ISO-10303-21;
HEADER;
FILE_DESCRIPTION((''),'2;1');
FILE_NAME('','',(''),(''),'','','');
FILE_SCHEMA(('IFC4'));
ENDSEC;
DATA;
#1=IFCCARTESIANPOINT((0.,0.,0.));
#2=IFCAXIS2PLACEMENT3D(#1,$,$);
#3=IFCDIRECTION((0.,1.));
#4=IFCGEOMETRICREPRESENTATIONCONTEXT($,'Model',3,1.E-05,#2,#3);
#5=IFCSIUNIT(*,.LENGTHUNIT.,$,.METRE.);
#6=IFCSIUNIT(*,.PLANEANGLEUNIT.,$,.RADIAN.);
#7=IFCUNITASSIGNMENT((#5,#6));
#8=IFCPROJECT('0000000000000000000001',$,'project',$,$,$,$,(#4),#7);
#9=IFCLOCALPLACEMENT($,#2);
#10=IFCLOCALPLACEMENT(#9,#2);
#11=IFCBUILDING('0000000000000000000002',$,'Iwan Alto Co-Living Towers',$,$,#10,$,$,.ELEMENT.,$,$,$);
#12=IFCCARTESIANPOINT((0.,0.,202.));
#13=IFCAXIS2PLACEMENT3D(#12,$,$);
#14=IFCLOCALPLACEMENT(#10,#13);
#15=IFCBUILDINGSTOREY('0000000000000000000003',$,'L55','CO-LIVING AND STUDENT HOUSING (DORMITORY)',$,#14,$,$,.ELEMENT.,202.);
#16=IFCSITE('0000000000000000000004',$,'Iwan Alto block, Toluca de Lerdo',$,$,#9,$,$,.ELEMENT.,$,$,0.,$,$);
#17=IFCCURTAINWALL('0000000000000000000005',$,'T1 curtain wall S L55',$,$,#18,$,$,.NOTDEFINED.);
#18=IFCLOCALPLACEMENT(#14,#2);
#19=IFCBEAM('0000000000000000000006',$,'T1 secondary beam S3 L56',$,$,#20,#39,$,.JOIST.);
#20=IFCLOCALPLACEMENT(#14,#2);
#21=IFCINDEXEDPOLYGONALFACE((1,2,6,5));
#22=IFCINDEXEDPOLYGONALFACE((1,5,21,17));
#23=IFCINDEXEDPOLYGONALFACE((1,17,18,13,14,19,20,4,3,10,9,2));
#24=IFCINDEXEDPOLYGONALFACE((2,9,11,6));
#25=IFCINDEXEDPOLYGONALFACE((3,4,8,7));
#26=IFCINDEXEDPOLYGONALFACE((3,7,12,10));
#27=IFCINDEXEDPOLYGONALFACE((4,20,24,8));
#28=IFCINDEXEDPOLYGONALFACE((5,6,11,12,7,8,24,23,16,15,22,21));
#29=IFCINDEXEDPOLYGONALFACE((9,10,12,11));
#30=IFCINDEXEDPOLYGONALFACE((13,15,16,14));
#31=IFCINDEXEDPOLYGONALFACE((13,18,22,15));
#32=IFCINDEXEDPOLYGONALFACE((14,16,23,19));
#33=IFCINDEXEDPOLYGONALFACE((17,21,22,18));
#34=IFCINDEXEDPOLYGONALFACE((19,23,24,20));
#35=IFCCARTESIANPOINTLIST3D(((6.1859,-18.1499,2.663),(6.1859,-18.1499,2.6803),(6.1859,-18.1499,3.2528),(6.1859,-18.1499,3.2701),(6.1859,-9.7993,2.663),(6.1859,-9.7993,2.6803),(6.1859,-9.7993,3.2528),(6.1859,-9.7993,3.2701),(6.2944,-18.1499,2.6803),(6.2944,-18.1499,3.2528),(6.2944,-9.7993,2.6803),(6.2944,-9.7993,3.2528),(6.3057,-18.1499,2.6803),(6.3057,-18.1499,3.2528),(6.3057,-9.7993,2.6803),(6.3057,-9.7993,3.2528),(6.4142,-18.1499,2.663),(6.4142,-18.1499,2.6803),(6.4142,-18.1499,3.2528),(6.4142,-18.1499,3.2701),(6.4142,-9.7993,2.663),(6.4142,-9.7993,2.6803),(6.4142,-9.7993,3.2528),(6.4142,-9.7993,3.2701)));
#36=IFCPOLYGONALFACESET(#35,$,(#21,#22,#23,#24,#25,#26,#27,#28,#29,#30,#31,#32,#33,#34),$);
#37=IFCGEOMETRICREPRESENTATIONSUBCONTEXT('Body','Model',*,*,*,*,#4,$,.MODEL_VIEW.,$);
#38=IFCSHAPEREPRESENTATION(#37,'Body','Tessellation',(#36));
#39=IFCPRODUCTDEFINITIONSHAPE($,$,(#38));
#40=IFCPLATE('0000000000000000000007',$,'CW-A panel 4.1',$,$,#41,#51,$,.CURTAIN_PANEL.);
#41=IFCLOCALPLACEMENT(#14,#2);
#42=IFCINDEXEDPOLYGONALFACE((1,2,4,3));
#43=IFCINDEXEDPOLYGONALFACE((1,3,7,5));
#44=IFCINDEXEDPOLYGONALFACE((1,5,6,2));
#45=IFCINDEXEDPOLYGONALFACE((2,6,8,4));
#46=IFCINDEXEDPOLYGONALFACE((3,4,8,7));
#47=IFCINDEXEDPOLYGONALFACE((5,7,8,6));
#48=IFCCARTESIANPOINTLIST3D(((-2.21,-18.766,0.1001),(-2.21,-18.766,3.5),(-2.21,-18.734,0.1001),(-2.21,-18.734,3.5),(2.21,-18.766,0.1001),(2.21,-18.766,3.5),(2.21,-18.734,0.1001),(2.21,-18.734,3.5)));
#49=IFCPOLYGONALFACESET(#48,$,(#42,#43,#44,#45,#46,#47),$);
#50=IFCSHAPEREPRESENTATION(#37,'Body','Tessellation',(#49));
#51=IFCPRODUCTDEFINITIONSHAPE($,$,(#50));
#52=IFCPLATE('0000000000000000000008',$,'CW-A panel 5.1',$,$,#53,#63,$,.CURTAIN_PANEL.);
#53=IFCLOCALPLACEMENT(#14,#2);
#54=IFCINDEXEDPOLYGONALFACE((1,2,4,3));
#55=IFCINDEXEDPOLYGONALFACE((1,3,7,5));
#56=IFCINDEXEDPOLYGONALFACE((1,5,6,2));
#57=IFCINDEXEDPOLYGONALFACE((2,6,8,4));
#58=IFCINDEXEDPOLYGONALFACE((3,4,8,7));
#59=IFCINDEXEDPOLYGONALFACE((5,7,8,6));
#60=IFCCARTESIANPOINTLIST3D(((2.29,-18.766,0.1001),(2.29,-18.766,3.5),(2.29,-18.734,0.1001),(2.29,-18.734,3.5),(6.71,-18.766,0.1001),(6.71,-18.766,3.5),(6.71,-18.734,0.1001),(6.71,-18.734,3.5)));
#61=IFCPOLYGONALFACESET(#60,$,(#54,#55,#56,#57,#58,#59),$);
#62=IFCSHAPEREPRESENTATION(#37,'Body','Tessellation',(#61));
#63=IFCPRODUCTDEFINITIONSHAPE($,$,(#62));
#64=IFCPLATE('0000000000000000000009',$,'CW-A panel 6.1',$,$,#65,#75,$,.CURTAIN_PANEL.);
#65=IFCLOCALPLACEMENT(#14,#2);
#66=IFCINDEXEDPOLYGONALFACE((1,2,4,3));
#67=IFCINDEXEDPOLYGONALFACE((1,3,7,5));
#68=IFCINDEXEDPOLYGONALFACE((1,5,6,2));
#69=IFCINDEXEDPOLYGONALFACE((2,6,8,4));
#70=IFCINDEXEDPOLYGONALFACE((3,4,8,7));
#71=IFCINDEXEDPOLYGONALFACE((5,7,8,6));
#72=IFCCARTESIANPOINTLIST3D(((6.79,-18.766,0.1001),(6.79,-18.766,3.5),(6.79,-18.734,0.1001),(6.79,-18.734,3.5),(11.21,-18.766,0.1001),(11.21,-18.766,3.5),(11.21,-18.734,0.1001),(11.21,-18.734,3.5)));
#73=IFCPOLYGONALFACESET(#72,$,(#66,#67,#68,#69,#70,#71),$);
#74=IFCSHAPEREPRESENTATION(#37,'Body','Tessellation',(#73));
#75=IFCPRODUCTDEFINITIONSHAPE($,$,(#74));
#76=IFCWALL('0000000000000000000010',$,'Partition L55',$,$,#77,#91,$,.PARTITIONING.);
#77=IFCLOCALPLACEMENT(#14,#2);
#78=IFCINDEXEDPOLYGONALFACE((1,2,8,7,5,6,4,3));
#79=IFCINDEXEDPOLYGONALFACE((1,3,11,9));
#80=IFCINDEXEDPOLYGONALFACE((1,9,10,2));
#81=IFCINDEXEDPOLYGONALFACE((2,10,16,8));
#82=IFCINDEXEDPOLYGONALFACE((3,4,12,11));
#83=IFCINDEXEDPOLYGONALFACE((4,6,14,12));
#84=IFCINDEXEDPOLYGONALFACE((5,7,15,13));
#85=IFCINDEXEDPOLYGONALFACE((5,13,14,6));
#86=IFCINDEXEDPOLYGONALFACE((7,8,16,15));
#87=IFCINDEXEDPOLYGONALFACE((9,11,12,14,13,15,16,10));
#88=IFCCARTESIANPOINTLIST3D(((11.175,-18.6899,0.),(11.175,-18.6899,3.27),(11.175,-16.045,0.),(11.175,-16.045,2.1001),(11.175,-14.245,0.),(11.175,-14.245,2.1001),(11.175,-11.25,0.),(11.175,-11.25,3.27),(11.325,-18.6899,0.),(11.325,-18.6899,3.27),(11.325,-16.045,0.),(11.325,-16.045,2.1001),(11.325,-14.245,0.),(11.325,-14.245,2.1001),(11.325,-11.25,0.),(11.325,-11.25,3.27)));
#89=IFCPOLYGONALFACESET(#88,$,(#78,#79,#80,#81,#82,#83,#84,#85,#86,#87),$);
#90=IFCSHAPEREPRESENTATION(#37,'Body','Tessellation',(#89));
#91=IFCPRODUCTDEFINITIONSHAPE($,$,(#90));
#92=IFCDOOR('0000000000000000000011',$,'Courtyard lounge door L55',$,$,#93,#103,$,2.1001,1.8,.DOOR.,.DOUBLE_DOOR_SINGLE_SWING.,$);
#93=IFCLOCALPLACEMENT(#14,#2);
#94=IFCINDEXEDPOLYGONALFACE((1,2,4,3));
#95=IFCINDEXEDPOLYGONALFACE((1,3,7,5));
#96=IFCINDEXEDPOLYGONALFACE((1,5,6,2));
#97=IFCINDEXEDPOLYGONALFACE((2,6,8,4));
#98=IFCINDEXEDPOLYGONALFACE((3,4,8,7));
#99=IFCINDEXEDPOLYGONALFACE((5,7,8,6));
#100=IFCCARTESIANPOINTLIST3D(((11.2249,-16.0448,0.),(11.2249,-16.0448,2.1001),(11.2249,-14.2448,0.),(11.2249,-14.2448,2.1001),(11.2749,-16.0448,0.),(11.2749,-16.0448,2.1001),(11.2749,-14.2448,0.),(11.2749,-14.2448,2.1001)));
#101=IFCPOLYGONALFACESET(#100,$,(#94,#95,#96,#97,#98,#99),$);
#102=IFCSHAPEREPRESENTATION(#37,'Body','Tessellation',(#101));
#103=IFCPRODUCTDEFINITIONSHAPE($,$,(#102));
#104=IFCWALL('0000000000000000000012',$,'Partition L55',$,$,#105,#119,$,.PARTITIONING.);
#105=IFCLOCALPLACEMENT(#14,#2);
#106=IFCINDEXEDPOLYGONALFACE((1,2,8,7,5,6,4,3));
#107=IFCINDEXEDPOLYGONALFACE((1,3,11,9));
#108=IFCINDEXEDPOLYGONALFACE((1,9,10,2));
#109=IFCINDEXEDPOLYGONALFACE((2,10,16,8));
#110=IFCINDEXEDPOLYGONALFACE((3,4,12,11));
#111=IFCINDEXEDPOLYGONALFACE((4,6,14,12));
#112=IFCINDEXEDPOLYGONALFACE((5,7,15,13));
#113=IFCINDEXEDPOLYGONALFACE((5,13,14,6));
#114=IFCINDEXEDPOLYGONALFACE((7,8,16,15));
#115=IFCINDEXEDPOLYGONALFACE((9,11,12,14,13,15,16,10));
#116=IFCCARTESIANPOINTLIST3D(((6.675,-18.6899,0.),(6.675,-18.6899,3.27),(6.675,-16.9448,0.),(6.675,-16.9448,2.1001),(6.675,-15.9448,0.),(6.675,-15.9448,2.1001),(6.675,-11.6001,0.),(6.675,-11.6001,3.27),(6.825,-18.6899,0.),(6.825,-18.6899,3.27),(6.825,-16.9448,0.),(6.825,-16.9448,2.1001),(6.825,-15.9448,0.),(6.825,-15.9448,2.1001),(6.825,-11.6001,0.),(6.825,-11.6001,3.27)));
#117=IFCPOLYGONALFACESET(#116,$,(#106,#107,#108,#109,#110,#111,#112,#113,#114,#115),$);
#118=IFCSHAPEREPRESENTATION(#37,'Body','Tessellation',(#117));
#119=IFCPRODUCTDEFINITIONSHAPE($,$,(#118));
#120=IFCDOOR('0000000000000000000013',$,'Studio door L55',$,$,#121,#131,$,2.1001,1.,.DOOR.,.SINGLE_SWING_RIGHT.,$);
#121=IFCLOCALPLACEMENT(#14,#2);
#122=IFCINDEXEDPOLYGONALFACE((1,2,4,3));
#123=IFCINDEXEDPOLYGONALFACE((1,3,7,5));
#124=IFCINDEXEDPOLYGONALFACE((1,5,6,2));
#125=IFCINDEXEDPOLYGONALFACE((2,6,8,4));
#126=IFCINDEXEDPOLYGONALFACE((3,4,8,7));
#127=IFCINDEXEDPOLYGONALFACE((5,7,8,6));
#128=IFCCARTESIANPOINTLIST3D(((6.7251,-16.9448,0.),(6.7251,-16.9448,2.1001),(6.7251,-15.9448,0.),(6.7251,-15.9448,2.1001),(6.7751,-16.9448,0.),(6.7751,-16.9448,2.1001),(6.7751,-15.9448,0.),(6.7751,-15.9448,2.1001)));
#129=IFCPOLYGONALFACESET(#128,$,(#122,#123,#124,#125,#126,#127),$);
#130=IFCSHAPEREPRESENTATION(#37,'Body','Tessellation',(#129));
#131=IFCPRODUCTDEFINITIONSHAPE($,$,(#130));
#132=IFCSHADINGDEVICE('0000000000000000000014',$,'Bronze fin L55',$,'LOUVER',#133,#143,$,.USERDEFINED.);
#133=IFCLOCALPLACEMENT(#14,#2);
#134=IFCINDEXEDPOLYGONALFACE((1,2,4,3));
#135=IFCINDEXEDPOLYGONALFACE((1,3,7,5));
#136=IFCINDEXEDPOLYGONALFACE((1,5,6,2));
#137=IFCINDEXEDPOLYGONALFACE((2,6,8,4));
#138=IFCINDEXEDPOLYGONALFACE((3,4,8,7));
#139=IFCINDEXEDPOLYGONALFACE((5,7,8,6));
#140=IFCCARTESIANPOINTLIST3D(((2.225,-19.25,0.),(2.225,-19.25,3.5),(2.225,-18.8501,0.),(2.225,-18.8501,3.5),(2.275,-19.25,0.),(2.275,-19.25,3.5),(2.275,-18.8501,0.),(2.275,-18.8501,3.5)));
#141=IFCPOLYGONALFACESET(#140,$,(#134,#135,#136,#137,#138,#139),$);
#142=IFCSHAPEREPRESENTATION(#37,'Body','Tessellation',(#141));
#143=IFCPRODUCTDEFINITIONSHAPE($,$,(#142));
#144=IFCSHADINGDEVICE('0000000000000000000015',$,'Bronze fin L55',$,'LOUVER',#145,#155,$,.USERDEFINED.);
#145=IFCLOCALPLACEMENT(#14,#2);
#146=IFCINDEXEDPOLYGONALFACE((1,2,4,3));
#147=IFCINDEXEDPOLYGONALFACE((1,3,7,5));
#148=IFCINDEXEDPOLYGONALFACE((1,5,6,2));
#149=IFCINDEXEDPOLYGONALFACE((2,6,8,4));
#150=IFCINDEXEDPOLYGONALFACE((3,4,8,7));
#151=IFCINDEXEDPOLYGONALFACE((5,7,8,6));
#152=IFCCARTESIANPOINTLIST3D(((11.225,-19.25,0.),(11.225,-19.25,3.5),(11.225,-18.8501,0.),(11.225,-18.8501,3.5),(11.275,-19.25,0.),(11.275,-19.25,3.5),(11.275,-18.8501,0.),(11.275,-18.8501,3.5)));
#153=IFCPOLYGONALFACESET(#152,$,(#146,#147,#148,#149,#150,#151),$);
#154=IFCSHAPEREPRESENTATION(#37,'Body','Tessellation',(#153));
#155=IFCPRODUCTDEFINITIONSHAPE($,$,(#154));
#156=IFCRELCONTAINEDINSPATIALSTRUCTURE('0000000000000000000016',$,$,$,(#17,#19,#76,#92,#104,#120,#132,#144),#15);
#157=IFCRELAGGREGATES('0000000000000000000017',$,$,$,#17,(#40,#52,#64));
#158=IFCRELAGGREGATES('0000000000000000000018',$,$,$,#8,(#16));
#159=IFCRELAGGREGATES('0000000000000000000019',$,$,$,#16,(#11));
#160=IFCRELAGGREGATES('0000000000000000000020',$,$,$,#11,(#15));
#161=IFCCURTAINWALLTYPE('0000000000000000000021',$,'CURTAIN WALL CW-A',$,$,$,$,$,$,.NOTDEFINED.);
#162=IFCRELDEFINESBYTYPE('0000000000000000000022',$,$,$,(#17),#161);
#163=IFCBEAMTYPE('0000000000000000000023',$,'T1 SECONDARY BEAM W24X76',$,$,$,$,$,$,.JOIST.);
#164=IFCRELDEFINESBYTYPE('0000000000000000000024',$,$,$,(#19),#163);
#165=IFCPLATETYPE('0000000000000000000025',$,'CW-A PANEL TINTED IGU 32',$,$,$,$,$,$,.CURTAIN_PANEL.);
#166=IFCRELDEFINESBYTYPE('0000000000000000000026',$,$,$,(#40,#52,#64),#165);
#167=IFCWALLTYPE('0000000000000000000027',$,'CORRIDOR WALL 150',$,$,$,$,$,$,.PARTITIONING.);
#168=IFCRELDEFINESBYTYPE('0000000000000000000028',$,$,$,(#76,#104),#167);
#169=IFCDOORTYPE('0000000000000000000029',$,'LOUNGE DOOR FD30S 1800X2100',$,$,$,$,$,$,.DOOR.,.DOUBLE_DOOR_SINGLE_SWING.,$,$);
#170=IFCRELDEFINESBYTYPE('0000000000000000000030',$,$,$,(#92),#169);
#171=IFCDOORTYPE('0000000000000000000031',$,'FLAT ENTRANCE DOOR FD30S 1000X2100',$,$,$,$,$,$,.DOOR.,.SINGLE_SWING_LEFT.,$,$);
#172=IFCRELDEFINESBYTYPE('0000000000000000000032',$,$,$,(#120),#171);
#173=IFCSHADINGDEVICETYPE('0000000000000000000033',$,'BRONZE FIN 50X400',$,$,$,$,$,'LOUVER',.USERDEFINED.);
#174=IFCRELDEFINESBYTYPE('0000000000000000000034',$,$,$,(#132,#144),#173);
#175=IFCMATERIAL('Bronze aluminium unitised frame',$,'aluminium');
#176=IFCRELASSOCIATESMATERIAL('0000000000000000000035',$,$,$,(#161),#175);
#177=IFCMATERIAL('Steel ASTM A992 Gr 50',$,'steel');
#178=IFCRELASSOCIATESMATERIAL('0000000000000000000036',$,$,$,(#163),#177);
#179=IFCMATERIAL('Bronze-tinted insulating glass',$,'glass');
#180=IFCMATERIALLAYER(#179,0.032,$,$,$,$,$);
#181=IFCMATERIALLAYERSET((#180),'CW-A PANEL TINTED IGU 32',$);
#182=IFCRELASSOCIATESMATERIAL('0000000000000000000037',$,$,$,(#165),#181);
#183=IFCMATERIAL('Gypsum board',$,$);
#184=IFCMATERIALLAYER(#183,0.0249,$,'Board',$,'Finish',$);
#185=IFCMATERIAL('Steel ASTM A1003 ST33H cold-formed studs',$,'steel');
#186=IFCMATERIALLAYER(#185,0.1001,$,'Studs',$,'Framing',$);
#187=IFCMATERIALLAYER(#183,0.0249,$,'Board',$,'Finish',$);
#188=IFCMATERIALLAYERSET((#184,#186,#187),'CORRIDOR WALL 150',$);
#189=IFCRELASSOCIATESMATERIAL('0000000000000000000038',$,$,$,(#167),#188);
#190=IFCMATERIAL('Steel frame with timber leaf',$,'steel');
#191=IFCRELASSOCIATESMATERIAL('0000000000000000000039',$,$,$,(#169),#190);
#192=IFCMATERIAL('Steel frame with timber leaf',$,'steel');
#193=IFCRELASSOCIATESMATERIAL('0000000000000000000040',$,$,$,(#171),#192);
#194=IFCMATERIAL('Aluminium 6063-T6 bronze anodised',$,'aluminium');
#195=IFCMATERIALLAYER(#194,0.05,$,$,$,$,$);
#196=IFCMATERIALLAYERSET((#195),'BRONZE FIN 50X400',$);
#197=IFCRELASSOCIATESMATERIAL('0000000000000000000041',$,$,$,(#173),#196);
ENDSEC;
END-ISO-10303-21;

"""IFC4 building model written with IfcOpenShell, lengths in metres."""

from ifc_helpers import new_model, si_unit, direction, frame, frame_2d, origin, origin_2d, place, context, subcontext, project, spatial, rectangle, i_section, extrude, material, layer, layer_set, material_profile, profile_set, type_object, element, fill, aggregate, save


model = new_model("IFC4")

# Units and contexts
model_context = context("Model", 3, precision=1e-05, world=origin(), true_north=direction((0.0, 1.0)))
body_context = subcontext(model_context, "Body", "Model", "MODEL_VIEW")
ifc_project = project(units=[si_unit("LENGTHUNIT", "METRE"), si_unit("PLANEANGLEUNIT", "RADIAN")], contexts=[model_context])

# Site, building, storey
site_placement = place(None, origin())
site = spatial("IfcSite", under=ifc_project, at=site_placement, Name="Iwan Alto block, Toluca de Lerdo", CompositionType="ELEMENT", RefElevation=0.0)
building_placement = place(site_placement, origin())
building = spatial("IfcBuilding", under=site, at=building_placement, Name="Iwan Alto Co-Living Towers", CompositionType="ELEMENT")
storey_placement = place(building_placement, frame((0.0, 0.0, 202.0)))
storey = spatial("IfcBuildingStorey", under=building, at=storey_placement, Name="L55", Description="CO-LIVING AND STUDENT HOUSING (DORMITORY)", CompositionType="ELEMENT", Elevation=202.0)

# Curtain wall
ifc_material_1 = material(Name="Bronze aluminium unitised frame", Category="aluminium")
curtain_wall_type = type_object("IfcCurtainWallType", Name="CURTAIN WALL CW-A", PredefinedType="NOTDEFINED", material=ifc_material_1)
curtain_wall_placement = place(storey_placement, origin())
curtain_wall = element("IfcCurtainWall", 1, at=curtain_wall_placement, inside=storey, type_object=curtain_wall_type, Name="T1 curtain wall S L55", PredefinedType="NOTDEFINED")

# Beam
ifc_material_2 = material(Name="Steel ASTM A992 Gr 50", Category="steel")
ifc_material_profile_1 = material_profile(ifc_material_2, i_section(OverallWidth=0.2283, OverallDepth=0.6072, WebThickness=0.0112, FlangeThickness=0.0173, at=origin_2d()), Name="W24X76")
ifc_profile_set_1 = profile_set([ifc_material_profile_1], Name="Steel ASTM A992 Gr 50")
beam_type_1 = type_object("IfcBeamType", Name="T1 SECONDARY BEAM W24X76", PredefinedType="JOIST", material=ifc_profile_set_1)
for number, where, z_axis, x_axis, name in (
    (2, (6.3, -18.1499, 2.9666), (0.0, 1.0, 0.0), (-1.0, 0.0, 0.0), "T1 secondary beam S3 L56"),
):
    element("IfcBeam", number, at=place(storey_placement, frame(where, z_axis=z_axis, x_axis=x_axis)), inside=storey, type_object=beam_type_1, Name=name, PredefinedType="JOIST", context=body_context, shape_type="SweptSolid", body=[
        extrude(i_section(OverallWidth=0.2283, OverallDepth=0.6072, WebThickness=0.0112, FlangeThickness=0.0173, at=origin_2d()), origin(), (0.0, 0.0, 1.0), 8.3506),
    ])

# Plates
ifc_material_3 = material(Name="Bronze-tinted insulating glass", Category="glass")
ifc_layer_1 = layer(ifc_material_3, 0.032)
ifc_layer_set_1 = layer_set([ifc_layer_1], Name="CW-A PANEL TINTED IGU 32")
plate_type = type_object("IfcPlateType", Name="CW-A PANEL TINTED IGU 32", PredefinedType="CURTAIN_PANEL", material=ifc_layer_set_1)
plate_1_placement = place(storey_placement, frame((0.0, -18.75, 0.1001), z_axis=(0.0, 0.0, 1.0), x_axis=(1.0, 0.0, 0.0)))
plate_1 = element("IfcPlate", 3, at=plate_1_placement, type_object=plate_type, Name="CW-A panel 4.1", PredefinedType="CURTAIN_PANEL", context=body_context, shape_type="SweptSolid", body=[
    extrude(rectangle(XDim=4.4199, YDim=0.032, at=origin_2d()), origin(), (0.0, 0.0, 1.0), 3.3999),
])
plate_2_placement = place(storey_placement, frame((4.5, -18.75, 0.1001), z_axis=(0.0, 0.0, 1.0), x_axis=(1.0, 0.0, 0.0)))
plate_2 = element("IfcPlate", 4, at=plate_2_placement, type_object=plate_type, Name="CW-A panel 5.1", PredefinedType="CURTAIN_PANEL", context=body_context, shape_type="SweptSolid", body=[
    extrude(rectangle(XDim=4.4199, YDim=0.032, at=origin_2d()), origin(), (0.0, 0.0, 1.0), 3.3999),
])
plate_3_placement = place(storey_placement, frame((9.0, -18.75, 0.1001), z_axis=(0.0, 0.0, 1.0), x_axis=(1.0, 0.0, 0.0)))
plate_3 = element("IfcPlate", 5, at=plate_3_placement, type_object=plate_type, Name="CW-A panel 6.1", PredefinedType="CURTAIN_PANEL", context=body_context, shape_type="SweptSolid", body=[
    extrude(rectangle(XDim=4.4199, YDim=0.032, at=origin_2d()), origin(), (0.0, 0.0, 1.0), 3.3999),
])
aggregate(curtain_wall, [plate_1, plate_2, plate_3])

# Walls, openings, doors
ifc_material_4 = material(Name="Gypsum board")
ifc_layer_2 = layer(ifc_material_4, 0.0249, Name="Board", Category="Finish")
ifc_material_5 = material(Name="Steel ASTM A1003 ST33H cold-formed studs", Category="steel")
ifc_layer_3 = layer(ifc_material_5, 0.1001, Name="Studs", Category="Framing")
ifc_layer_4 = layer(ifc_material_4, 0.0249, Name="Board", Category="Finish")
ifc_layer_set_2 = layer_set([ifc_layer_2, ifc_layer_3, ifc_layer_4], Name="CORRIDOR WALL 150")
wall_type = type_object("IfcWallType", Name="CORRIDOR WALL 150", PredefinedType="PARTITIONING", material=ifc_layer_set_2)
wall_1_placement = place(storey_placement, frame((11.25, -18.6899, 0.0), z_axis=(0.0, 0.0, 1.0), x_axis=(0.0, 1.0, 0.0)))
wall_1 = element("IfcWall", 6, at=wall_1_placement, inside=storey, type_object=wall_type, Name="Partition L55", PredefinedType="PARTITIONING", context=body_context, shape_type="SweptSolid", body=[
    extrude(rectangle(XDim=7.4399, YDim=0.1499, at=frame_2d((3.72, 0.0))), origin(), (0.0, 0.0, 1.0), 3.27),
])
opening_1_placement = place(wall_1_placement, frame((2.645, 0.0, 0.0)))
opening_1 = element("IfcOpeningElement", 7, at=opening_1_placement, cuts=wall_1, PredefinedType="OPENING", context=body_context, shape_type="SweptSolid", body=[
    extrude(rectangle(XDim=1.8, YDim=2.1001, at=frame_2d((0.8999, 1.05))), frame((0.0, 0.085, 0.0), z_axis=(0.0, -1.0, 0.0), x_axis=(1.0, 0.0, 0.0)), (0.0, 0.0, 1.0), 0.1699),
])
ifc_material_6 = material(Name="Steel frame with timber leaf", Category="steel")
door_type_1 = type_object("IfcDoorType", Name="LOUNGE DOOR FD30S 1800X2100", OperationType="DOUBLE_DOOR_SINGLE_SWING", PredefinedType="DOOR", material=ifc_material_6)
door_1_placement = place(opening_1_placement, frame((1.8, 0.0, 0.0), z_axis=(0.0, 0.0, 1.0), x_axis=(-1.0, 0.0, 0.0)))
door_1 = element("IfcDoor", 8, at=door_1_placement, inside=storey, type_object=door_type_1, Name="Courtyard lounge door L55", OperationType="DOUBLE_DOOR_SINGLE_SWING", OverallHeight=2.1001, OverallWidth=1.8, PredefinedType="DOOR", context=body_context, shape_type="SweptSolid", body=[
    extrude(rectangle(XDim=1.8, YDim=2.1001, at=frame_2d((0.8999, 1.05))), frame((0.0, 0.0249, 0.0), z_axis=(0.0, -1.0, 0.0), x_axis=(1.0, 0.0, 0.0)), (0.0, 0.0, 1.0), 0.05),
])
fill(opening_1, door_1)
wall_2_placement = place(storey_placement, frame((6.75, -18.6899, 0.0), z_axis=(0.0, 0.0, 1.0), x_axis=(0.0, 1.0, 0.0)))
wall_2 = element("IfcWall", 9, at=wall_2_placement, inside=storey, type_object=wall_type, Name="Partition L55", PredefinedType="PARTITIONING", context=body_context, shape_type="SweptSolid", body=[
    extrude(rectangle(XDim=7.0898, YDim=0.1499, at=frame_2d((3.5449, 0.0))), origin(), (0.0, 0.0, 1.0), 3.27),
])
opening_2_placement = place(wall_2_placement, frame((1.7451, 0.0, 0.0)))
opening_2 = element("IfcOpeningElement", 10, at=opening_2_placement, cuts=wall_2, PredefinedType="OPENING", context=body_context, shape_type="SweptSolid", body=[
    extrude(rectangle(XDim=1.0, YDim=2.1001, at=frame_2d((0.5, 1.05))), frame((0.0, 0.085, 0.0), z_axis=(0.0, -1.0, 0.0), x_axis=(1.0, 0.0, 0.0)), (0.0, 0.0, 1.0), 0.1699),
])
ifc_material_7 = material(Name="Steel frame with timber leaf", Category="steel")
door_type_2 = type_object("IfcDoorType", Name="FLAT ENTRANCE DOOR FD30S 1000X2100", OperationType="SINGLE_SWING_LEFT", PredefinedType="DOOR", material=ifc_material_7)
door_2_placement = place(opening_2_placement, origin())
door_2 = element("IfcDoor", 11, at=door_2_placement, inside=storey, type_object=door_type_2, Name="Studio door L55", OperationType="SINGLE_SWING_RIGHT", OverallHeight=2.1001, OverallWidth=1.0, PredefinedType="DOOR", context=body_context, shape_type="SweptSolid", body=[
    extrude(rectangle(XDim=1.0, YDim=2.1001, at=frame_2d((0.5, 1.05))), frame((0.0, 0.0249, 0.0), z_axis=(0.0, -1.0, 0.0), x_axis=(1.0, 0.0, 0.0)), (0.0, 0.0, 1.0), 0.05),
])
fill(opening_2, door_2)

# Shading devices
ifc_material_8 = material(Name="Aluminium 6063-T6 bronze anodised", Category="aluminium")
ifc_layer_5 = layer(ifc_material_8, 0.05)
ifc_layer_set_3 = layer_set([ifc_layer_5], Name="BRONZE FIN 50X400")
shading_device_type = type_object("IfcShadingDeviceType", Name="BRONZE FIN 50X400", ElementType="LOUVER", PredefinedType="USERDEFINED", material=ifc_layer_set_3)
for number, where, z_axis, x_axis, name in (
    (12, (2.25, -19.05, 0.0), (0.0, 0.0, 1.0), (1.0, 0.0, 0.0), "Bronze fin L55"),
    (13, (11.25, -19.05, 0.0), (0.0, 0.0, 1.0), (1.0, 0.0, 0.0), "Bronze fin L55"),
):
    element("IfcShadingDevice", number, at=place(storey_placement, frame(where, z_axis=z_axis, x_axis=x_axis)), inside=storey, type_object=shading_device_type, Name=name, ObjectType="LOUVER", PredefinedType="USERDEFINED", context=body_context, shape_type="SweptSolid", body=[
        extrude(rectangle(XDim=0.05, YDim=0.3999, at=origin_2d()), origin(), (0.0, 0.0, 1.0), 3.5),
    ])

save(model, "model.ifc")
